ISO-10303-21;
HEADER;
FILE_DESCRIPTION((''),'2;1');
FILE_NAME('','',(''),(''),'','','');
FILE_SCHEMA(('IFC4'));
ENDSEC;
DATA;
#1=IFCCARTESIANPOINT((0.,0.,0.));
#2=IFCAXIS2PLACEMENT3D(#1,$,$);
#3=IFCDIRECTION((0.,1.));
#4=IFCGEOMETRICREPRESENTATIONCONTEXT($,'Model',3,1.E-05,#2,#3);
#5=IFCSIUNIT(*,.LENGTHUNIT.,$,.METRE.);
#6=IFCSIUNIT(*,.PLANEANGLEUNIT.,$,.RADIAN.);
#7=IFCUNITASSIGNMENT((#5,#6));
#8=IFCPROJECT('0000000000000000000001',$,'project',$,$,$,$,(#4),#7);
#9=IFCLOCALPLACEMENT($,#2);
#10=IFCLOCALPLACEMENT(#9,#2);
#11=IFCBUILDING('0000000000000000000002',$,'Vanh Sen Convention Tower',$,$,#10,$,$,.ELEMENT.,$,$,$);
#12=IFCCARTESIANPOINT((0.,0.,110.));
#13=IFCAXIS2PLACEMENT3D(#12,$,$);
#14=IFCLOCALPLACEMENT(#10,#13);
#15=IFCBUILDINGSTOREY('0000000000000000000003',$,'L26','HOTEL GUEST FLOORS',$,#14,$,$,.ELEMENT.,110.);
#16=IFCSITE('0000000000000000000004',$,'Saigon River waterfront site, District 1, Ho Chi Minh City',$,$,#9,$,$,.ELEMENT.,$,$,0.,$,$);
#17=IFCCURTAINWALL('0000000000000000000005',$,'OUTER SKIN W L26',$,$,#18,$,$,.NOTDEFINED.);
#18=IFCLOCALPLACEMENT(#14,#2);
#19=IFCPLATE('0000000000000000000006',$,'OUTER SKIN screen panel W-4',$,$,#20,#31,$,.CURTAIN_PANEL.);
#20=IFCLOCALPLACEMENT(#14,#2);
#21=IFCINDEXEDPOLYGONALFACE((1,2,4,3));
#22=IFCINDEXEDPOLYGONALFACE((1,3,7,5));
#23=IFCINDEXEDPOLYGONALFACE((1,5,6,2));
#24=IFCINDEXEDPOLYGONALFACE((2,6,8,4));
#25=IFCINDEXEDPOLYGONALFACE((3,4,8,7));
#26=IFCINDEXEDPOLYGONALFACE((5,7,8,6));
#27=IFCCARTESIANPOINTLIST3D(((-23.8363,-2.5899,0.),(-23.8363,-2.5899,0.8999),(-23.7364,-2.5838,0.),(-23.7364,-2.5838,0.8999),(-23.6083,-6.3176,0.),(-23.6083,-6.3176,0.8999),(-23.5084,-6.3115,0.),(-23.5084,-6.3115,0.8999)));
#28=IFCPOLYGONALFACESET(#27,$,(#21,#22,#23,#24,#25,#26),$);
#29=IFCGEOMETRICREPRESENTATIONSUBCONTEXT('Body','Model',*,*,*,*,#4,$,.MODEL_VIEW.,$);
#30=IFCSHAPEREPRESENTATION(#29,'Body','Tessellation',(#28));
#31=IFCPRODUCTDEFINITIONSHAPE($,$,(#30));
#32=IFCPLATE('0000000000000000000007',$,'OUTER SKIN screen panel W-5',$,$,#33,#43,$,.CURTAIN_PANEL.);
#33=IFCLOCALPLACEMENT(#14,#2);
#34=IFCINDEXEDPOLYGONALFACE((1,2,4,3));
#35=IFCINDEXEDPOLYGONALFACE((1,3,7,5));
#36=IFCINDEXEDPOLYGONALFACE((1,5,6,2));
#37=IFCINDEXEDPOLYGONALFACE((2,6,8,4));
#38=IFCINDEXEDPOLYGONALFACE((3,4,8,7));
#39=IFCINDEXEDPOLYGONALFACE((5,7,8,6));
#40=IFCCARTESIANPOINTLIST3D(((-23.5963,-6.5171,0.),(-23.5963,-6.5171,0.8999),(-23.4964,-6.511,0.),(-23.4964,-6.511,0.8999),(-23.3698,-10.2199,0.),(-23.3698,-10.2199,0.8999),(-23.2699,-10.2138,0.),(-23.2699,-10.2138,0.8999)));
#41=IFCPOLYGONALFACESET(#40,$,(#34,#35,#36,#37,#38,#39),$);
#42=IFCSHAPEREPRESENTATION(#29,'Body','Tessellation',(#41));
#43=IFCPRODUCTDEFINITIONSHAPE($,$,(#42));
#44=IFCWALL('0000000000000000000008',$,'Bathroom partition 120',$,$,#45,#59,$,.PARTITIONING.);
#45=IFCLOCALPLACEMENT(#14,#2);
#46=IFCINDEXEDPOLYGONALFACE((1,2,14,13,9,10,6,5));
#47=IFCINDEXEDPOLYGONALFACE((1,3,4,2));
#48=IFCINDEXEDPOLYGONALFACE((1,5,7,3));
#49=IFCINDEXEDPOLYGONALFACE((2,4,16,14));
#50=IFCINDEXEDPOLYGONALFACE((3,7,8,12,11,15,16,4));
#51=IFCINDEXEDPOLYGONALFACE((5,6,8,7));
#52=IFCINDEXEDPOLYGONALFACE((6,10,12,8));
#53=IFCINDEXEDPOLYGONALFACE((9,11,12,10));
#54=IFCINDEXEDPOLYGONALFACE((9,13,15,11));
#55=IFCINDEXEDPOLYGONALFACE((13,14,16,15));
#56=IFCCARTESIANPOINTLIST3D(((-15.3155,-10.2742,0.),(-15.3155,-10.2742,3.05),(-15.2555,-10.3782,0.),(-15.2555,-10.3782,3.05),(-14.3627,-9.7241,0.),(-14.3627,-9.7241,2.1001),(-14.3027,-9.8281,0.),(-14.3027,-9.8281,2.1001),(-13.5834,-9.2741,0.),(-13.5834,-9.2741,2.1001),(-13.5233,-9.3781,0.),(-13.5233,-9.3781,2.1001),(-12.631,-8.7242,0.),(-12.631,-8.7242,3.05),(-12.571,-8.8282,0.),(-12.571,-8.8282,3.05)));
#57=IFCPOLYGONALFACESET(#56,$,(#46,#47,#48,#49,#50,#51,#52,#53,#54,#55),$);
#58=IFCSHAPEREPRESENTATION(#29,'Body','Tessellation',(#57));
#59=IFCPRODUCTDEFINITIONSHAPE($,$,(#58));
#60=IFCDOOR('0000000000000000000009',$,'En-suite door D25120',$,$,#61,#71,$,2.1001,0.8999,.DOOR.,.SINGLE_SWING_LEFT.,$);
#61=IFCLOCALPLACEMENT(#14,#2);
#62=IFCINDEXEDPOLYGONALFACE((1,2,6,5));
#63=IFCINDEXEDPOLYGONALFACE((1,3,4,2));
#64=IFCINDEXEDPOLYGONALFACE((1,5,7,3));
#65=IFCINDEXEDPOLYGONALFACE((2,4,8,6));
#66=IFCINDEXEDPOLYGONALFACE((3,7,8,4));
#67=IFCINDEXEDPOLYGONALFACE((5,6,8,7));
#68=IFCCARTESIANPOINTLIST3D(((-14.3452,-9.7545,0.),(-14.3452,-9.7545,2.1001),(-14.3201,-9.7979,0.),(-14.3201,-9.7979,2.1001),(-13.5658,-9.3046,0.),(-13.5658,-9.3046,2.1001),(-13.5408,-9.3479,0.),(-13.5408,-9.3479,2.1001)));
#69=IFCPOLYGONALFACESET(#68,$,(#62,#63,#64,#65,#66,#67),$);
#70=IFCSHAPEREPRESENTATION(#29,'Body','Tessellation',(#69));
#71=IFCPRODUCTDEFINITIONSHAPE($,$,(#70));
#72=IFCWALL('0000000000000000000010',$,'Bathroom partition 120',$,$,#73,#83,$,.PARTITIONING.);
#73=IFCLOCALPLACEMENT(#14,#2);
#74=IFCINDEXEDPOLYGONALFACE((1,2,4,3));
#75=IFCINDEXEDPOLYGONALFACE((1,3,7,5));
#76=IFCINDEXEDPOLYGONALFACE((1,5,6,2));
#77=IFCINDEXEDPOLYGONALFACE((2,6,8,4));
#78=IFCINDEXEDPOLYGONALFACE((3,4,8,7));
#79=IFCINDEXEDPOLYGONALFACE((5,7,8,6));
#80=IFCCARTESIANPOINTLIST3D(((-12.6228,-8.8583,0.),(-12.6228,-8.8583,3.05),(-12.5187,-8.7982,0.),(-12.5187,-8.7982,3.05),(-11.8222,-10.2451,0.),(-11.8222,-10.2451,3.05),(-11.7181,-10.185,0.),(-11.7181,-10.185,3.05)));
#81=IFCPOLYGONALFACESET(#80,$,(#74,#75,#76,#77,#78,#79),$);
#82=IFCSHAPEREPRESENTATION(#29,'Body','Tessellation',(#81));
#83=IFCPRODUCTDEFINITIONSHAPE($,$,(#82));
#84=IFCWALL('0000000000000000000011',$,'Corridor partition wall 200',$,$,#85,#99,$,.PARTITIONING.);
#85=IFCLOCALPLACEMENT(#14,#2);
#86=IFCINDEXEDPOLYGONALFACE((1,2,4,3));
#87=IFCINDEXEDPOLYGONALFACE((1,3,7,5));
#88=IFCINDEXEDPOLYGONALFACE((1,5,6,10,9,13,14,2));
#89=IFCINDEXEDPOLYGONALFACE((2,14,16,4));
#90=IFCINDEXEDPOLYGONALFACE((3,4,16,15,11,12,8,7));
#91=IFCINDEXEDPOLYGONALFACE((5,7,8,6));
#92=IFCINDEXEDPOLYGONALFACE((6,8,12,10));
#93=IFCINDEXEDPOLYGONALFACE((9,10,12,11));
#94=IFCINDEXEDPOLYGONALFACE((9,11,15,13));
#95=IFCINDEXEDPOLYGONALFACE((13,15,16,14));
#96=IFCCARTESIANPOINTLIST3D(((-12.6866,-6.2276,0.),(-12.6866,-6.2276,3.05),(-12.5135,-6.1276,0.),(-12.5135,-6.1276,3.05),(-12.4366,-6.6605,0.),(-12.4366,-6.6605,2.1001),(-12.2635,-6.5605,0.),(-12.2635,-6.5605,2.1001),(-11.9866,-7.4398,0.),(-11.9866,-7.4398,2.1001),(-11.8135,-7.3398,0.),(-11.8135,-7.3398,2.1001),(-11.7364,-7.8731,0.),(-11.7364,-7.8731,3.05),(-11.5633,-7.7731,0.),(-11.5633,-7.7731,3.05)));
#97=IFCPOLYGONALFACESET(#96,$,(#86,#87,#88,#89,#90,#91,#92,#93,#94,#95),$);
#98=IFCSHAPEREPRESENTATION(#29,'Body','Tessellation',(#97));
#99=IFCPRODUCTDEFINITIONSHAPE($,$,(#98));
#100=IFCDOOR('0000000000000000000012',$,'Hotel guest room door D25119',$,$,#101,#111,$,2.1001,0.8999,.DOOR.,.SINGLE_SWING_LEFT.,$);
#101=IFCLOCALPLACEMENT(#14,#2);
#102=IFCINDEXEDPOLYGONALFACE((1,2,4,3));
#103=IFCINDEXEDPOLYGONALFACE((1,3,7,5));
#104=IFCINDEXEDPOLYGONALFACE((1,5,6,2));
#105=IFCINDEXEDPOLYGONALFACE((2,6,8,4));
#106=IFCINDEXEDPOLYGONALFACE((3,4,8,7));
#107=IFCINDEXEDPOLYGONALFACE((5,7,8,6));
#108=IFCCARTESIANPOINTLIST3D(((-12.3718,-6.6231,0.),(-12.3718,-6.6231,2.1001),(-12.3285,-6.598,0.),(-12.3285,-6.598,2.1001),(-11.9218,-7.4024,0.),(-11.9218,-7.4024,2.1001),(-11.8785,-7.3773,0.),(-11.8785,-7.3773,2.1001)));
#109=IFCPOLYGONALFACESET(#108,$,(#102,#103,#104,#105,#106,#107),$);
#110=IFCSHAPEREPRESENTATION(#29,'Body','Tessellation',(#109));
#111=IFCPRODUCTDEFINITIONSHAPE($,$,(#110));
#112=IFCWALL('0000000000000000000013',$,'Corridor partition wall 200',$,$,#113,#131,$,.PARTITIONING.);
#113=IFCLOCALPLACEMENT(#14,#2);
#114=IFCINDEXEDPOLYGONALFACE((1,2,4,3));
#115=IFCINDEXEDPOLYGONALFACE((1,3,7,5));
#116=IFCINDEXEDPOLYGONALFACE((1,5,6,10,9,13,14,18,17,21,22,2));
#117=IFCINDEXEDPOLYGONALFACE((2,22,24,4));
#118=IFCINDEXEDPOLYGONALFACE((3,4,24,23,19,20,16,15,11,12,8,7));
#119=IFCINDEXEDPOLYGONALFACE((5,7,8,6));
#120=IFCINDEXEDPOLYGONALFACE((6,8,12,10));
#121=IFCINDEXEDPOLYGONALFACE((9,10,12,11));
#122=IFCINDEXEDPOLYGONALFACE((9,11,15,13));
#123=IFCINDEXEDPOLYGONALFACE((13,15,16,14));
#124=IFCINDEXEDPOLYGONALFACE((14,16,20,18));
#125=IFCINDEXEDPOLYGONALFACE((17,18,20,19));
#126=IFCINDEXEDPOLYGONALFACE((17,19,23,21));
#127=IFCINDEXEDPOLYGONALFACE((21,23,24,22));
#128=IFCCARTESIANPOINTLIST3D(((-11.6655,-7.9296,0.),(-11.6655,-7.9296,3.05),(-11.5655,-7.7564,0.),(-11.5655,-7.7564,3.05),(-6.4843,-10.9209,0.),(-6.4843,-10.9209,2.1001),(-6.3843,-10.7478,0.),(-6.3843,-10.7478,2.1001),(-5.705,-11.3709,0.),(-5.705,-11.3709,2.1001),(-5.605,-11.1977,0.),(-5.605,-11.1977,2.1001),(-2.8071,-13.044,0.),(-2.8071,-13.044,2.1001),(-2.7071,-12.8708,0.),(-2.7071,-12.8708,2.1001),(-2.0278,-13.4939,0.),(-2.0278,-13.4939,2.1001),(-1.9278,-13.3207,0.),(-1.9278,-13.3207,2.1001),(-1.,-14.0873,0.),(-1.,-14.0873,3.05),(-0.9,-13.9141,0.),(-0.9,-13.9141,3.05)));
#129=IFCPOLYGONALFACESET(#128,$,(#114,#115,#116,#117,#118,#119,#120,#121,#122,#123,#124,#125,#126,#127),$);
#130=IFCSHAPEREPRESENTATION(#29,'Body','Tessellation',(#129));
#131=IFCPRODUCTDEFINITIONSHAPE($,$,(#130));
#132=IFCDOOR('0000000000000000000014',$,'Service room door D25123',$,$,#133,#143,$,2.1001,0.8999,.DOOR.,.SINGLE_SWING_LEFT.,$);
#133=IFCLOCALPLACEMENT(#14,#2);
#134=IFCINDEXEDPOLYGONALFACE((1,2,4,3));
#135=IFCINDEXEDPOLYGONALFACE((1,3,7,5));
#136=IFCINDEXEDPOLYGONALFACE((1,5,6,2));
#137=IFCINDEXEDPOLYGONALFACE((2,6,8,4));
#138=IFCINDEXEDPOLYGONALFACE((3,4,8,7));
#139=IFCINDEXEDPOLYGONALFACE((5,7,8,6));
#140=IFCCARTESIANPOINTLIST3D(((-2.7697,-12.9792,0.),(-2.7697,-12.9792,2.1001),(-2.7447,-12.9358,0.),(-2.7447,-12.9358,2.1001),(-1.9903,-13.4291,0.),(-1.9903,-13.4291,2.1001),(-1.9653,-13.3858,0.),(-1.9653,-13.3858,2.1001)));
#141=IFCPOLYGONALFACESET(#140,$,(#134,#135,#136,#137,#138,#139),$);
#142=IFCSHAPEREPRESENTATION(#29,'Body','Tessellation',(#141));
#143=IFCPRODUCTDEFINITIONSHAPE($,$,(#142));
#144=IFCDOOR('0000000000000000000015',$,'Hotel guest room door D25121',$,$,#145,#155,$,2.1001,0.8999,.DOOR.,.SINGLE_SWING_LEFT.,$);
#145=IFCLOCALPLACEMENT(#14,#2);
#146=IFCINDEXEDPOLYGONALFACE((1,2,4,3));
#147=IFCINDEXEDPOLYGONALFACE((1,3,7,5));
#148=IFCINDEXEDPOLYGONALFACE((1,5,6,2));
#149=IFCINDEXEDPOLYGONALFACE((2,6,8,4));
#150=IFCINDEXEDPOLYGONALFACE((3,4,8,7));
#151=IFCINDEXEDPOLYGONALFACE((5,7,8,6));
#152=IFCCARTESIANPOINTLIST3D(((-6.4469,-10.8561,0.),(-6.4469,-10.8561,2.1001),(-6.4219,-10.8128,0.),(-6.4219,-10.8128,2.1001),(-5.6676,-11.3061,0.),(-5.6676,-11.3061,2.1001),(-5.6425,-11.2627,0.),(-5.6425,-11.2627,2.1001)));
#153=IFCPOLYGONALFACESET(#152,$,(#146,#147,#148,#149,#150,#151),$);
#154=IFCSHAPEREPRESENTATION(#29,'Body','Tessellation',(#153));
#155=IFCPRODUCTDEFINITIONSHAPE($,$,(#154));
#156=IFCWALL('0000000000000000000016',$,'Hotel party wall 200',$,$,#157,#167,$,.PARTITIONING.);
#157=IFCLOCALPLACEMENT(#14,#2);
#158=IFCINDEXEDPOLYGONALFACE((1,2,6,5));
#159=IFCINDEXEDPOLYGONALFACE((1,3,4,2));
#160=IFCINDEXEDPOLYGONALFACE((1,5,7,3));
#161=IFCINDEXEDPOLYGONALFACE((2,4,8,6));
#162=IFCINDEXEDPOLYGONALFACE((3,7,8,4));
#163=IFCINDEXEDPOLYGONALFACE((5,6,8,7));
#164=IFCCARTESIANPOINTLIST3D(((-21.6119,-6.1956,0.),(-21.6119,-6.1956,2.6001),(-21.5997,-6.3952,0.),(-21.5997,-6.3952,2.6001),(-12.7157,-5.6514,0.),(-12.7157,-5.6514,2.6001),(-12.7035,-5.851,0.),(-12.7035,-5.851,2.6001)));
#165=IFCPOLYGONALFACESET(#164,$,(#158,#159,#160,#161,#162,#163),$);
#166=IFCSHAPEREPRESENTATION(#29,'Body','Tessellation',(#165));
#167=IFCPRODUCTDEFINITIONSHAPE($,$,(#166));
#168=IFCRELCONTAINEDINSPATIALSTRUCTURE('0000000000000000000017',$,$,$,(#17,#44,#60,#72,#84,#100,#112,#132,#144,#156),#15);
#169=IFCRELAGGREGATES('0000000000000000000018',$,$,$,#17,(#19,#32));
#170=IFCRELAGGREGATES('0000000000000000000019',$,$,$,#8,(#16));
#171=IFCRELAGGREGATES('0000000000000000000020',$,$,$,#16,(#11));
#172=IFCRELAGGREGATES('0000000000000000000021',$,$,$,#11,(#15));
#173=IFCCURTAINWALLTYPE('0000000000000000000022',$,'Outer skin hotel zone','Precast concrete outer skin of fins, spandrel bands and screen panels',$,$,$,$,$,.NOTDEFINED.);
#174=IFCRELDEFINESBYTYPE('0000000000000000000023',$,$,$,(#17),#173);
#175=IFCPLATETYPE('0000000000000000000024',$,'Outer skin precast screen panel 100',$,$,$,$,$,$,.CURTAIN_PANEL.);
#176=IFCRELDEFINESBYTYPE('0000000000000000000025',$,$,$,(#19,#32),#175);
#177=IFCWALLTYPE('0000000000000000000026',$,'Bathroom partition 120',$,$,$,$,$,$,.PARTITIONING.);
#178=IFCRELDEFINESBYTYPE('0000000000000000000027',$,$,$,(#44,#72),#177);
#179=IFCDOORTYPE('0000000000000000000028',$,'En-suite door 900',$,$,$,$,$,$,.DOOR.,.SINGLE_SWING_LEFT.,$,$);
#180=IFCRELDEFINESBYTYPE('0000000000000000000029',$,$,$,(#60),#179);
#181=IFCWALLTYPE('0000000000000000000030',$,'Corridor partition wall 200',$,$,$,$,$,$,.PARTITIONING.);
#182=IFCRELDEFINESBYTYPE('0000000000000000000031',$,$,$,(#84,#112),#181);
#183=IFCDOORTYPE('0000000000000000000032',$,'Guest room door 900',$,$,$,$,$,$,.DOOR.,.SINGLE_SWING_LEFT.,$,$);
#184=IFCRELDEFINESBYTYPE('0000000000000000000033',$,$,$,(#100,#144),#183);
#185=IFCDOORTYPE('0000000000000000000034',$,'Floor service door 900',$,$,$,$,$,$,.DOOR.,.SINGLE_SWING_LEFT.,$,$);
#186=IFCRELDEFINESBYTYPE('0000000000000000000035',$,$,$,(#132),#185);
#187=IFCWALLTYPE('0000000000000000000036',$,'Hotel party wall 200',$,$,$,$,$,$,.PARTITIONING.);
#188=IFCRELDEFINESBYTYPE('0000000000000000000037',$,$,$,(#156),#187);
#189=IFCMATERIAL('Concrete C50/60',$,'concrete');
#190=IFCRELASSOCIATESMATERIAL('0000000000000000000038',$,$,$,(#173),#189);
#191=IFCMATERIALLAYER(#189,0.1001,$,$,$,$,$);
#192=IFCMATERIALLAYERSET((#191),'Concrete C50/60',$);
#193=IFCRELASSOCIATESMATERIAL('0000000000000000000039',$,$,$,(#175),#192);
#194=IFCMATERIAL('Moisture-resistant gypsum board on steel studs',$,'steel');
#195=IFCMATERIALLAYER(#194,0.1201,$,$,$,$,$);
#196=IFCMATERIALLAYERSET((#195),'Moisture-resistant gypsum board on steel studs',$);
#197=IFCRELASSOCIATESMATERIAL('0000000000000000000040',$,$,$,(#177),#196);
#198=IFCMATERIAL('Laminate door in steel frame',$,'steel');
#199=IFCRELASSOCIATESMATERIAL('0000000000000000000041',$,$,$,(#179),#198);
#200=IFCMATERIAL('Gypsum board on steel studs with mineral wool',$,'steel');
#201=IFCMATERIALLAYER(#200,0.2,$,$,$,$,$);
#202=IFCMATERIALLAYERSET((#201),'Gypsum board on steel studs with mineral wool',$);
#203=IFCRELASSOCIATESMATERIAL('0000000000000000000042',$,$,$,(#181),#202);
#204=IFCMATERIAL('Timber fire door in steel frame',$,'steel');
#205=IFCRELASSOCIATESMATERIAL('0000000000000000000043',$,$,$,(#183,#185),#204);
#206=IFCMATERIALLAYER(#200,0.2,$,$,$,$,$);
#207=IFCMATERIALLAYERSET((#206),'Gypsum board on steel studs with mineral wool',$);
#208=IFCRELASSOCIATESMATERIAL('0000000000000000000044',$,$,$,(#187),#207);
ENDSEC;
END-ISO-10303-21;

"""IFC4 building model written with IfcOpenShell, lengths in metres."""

from ifc_helpers import new_model, si_unit, direction, frame, frame_2d, origin, origin_2d, place, context, subcontext, project, spatial, rectangle, extrude, material, layer, layer_set, type_object, element, fill, aggregate, save


model = new_model("IFC4")

# Units and contexts
model_context = context("Model", 3, precision=1e-05, world=origin(), true_north=direction((0.0, 1.0)))
body_context = subcontext(model_context, "Body", "Model", "MODEL_VIEW")
ifc_project = project(units=[si_unit("LENGTHUNIT", "METRE"), si_unit("PLANEANGLEUNIT", "RADIAN")], contexts=[model_context])

# Site, building, storey
site_placement = place(None, origin())
site = spatial("IfcSite", under=ifc_project, at=site_placement, Name="Saigon River waterfront site, District 1, Ho Chi Minh City", CompositionType="ELEMENT", RefElevation=0.0)
building_placement = place(site_placement, origin())
building = spatial("IfcBuilding", under=site, at=building_placement, Name="Vanh Sen Convention Tower", CompositionType="ELEMENT")
storey_placement = place(building_placement, frame((0.0, 0.0, 110.0)))
storey = spatial("IfcBuildingStorey", under=building, at=storey_placement, Name="L26", Description="HOTEL GUEST FLOORS", CompositionType="ELEMENT", Elevation=110.0)

# Curtain wall
ifc_material_1 = material(Name="Concrete C50/60", Category="concrete")
curtain_wall_type = type_object("IfcCurtainWallType", Name="Outer skin hotel zone", Description="Precast concrete outer skin of fins, spandrel bands and screen panels", PredefinedType="NOTDEFINED", material=ifc_material_1)
curtain_wall_1_placement = place(storey_placement, origin())
curtain_wall_1 = element("IfcCurtainWall", 1, at=curtain_wall_1_placement, inside=storey, type_object=curtain_wall_type, Name="OUTER SKIN W L26", PredefinedType="NOTDEFINED")

# Plates
ifc_layer_1 = layer(ifc_material_1, 0.1001)
ifc_layer_set_1 = layer_set([ifc_layer_1], Name="Concrete C50/60")
plate_type = type_object("IfcPlateType", Name="Outer skin precast screen panel 100", PredefinedType="CURTAIN_PANEL", material=ifc_layer_set_1)
plate_1_placement = place(storey_placement, frame((-23.6724, -4.4507, 0.0), z_axis=(0.0, 0.0, 1.0), x_axis=(0.061049, -0.998135, 0.0)))
plate_1 = element("IfcPlate", 2, at=plate_1_placement, type_object=plate_type, Name="OUTER SKIN screen panel W-4", PredefinedType="CURTAIN_PANEL", context=body_context, shape_type="SweptSolid", body=[
    extrude(rectangle(XDim=3.7346, YDim=0.1001, at=origin_2d()), origin(), (0.0, 0.0, 1.0), 0.8999),
])
plate_2_placement = place(storey_placement, frame((-23.4331, -8.3655, 0.0), z_axis=(0.0, 0.0, 1.0), x_axis=(0.061047, -0.998135, 0.0)))
plate_2 = element("IfcPlate", 3, at=plate_2_placement, type_object=plate_type, Name="OUTER SKIN screen panel W-5", PredefinedType="CURTAIN_PANEL", context=body_context, shape_type="SweptSolid", body=[
    extrude(rectangle(XDim=3.7097, YDim=0.1001, at=origin_2d()), origin(), (0.0, 0.0, 1.0), 0.8999),
])
aggregate(curtain_wall_1, [plate_1, plate_2])

# Wall, opening, door
ifc_material_2 = material(Name="Moisture-resistant gypsum board on steel studs", Category="steel")
ifc_layer_2 = layer(ifc_material_2, 0.1201)
ifc_layer_set_2 = layer_set([ifc_layer_2], Name="Moisture-resistant gypsum board on steel studs")
wall_type_1 = type_object("IfcWallType", Name="Bathroom partition 120", PredefinedType="PARTITIONING", material=ifc_layer_set_2)
wall_1_placement = place(storey_placement, frame((-15.2854, -10.3262, 0.0), z_axis=(0.0, 0.0, 1.0), x_axis=(0.86601, 0.500027, 0.0)))
wall_1 = element("IfcWall", 4, at=wall_1_placement, inside=storey, type_object=wall_type_1, Name="Bathroom partition 120", PredefinedType="PARTITIONING", context=body_context, shape_type="SweptSolid", body=[
    extrude(rectangle(XDim=3.0999, YDim=0.1201, at=frame_2d((1.5498, 0.0))), origin(), (0.0, 0.0, 1.0), 3.05),
])
opening_1_placement = place(wall_1_placement, frame((1.1001, 0.0, 0.0)))
opening_1 = element("IfcOpeningElement", 5, at=opening_1_placement, cuts=wall_1, PredefinedType="OPENING", context=body_context, shape_type="SweptSolid", body=[
    extrude(rectangle(XDim=0.8999, YDim=2.1001, at=frame_2d((0.45, 1.05))), frame((0.0, 0.0701, 0.0), z_axis=(0.0, -1.0, 0.0), x_axis=(1.0, 0.0, 0.0)), (0.0, 0.0, 1.0), 0.1401),
])
ifc_material_3 = material(Name="Laminate door in steel frame", Category="steel")
door_type_1 = type_object("IfcDoorType", Name="En-suite door 900", OperationType="SINGLE_SWING_LEFT", PredefinedType="DOOR", material=ifc_material_3)
door_1_placement = place(opening_1_placement, origin())
door_1 = element("IfcDoor", 6, at=door_1_placement, inside=storey, type_object=door_type_1, Name="En-suite door D25120", OperationType="SINGLE_SWING_LEFT", OverallHeight=2.1001, OverallWidth=0.8999, PredefinedType="DOOR", context=body_context, shape_type="SweptSolid", body=[
    extrude(rectangle(XDim=0.8999, YDim=2.1001, at=frame_2d((0.45, 1.05))), frame((0.0, 0.0249, 0.0), z_axis=(0.0, -1.0, 0.0), x_axis=(1.0, 0.0, 0.0)), (0.0, 0.0, 1.0), 0.05),
])
fill(opening_1, door_1)

# Wall
wall_2_placement = place(storey_placement, frame((-12.5708, -8.8281, 0.0), z_axis=(0.0, 0.0, 1.0), x_axis=(0.49996, -0.866048, 0.0)))
element("IfcWall", 7, at=wall_2_placement, inside=storey, type_object=wall_type_1, Name="Bathroom partition 120", PredefinedType="PARTITIONING", context=body_context, shape_type="SweptSolid", body=[
    extrude(rectangle(XDim=1.6013, YDim=0.1201, at=frame_2d((0.8008, 0.0))), origin(), (0.0, 0.0, 1.0), 3.05),
])

# Wall, opening, door
ifc_material_4 = material(Name="Gypsum board on steel studs with mineral wool", Category="steel")
ifc_layer_3 = layer(ifc_material_4, 0.2)
ifc_layer_set_3 = layer_set([ifc_layer_3], Name="Gypsum board on steel studs with mineral wool")
wall_type_2 = type_object("IfcWallType", Name="Corridor partition wall 200", PredefinedType="PARTITIONING", material=ifc_layer_set_3)
wall_3_placement = place(storey_placement, frame((-12.6001, -6.1775, 0.0), z_axis=(0.0, 0.0, 1.0), x_axis=(0.500064, -0.865989, 0.0)))
wall_3 = element("IfcWall", 8, at=wall_3_placement, inside=storey, type_object=wall_type_2, Name="Corridor partition wall 200", PredefinedType="PARTITIONING", context=body_context, shape_type="SweptSolid", body=[
    extrude(rectangle(XDim=1.9001, YDim=0.2, at=frame_2d((0.9502, 0.0))), origin(), (0.0, 0.0, 1.0), 3.05),
])
opening_2_placement = place(wall_3_placement, frame((0.5, 0.0, 0.0)))
opening_2 = element("IfcOpeningElement", 9, at=opening_2_placement, cuts=wall_3, PredefinedType="OPENING", context=body_context, shape_type="SweptSolid", body=[
    extrude(rectangle(XDim=0.8999, YDim=2.1001, at=frame_2d((0.45, 1.05))), frame((0.0, 0.1099, 0.0), z_axis=(0.0, -1.0, 0.0), x_axis=(1.0, 0.0, 0.0)), (0.0, 0.0, 1.0), 0.22),
])
ifc_material_5 = material(Name="Timber fire door in steel frame", Category="steel")
door_type_2 = type_object("IfcDoorType", Name="Guest room door 900", OperationType="SINGLE_SWING_LEFT", PredefinedType="DOOR", material=ifc_material_5)
door_2_placement = place(opening_2_placement, origin())
door_2 = element("IfcDoor", 10, at=door_2_placement, inside=storey, type_object=door_type_2, Name="Hotel guest room door D25119", OperationType="SINGLE_SWING_LEFT", OverallHeight=2.1001, OverallWidth=0.8999, PredefinedType="DOOR", context=body_context, shape_type="SweptSolid", body=[
    extrude(rectangle(XDim=0.8999, YDim=2.1001, at=frame_2d((0.45, 1.05))), frame((0.0, 0.0249, 0.0), z_axis=(0.0, -1.0, 0.0), x_axis=(1.0, 0.0, 0.0)), (0.0, 0.0, 1.0), 0.05),
])
fill(opening_2, door_2)

# Wall, openings, doors
wall_4_placement = place(storey_placement, frame((-11.6155, -7.843, 0.0), z_axis=(0.0, 0.0, 1.0), x_axis=(0.866026, -0.499998, 0.0)))
wall_4 = element("IfcWall", 11, at=wall_4_placement, inside=storey, type_object=wall_type_2, Name="Corridor partition wall 200", PredefinedType="PARTITIONING", context=body_context, shape_type="SweptSolid", body=[
    extrude(rectangle(XDim=12.3154, YDim=0.2, at=frame_2d((6.1577, 0.0))), origin(), (0.0, 0.0, 1.0), 3.05),
])
opening_3_placement = place(wall_4_placement, frame((5.9827, 0.0, 0.0)))
opening_3 = element("IfcOpeningElement", 12, at=opening_3_placement, cuts=wall_4, PredefinedType="OPENING", context=body_context, shape_type="SweptSolid", body=[
    extrude(rectangle(XDim=0.8999, YDim=2.1001, at=frame_2d((0.45, 1.05))), frame((0.0, 0.1099, 0.0), z_axis=(0.0, -1.0, 0.0), x_axis=(1.0, 0.0, 0.0)), (0.0, 0.0, 1.0), 0.22),
])
opening_4_placement = place(wall_4_placement, frame((10.2288, 0.0, 0.0)))
opening_4 = element("IfcOpeningElement", 13, at=opening_4_placement, cuts=wall_4, PredefinedType="OPENING", context=body_context, shape_type="SweptSolid", body=[
    extrude(rectangle(XDim=0.8999, YDim=2.1001, at=frame_2d((0.45, 1.05))), frame((0.0, 0.1099, 0.0), z_axis=(0.0, -1.0, 0.0), x_axis=(1.0, 0.0, 0.0)), (0.0, 0.0, 1.0), 0.22),
])
door_type_3 = type_object("IfcDoorType", Name="Floor service door 900", OperationType="SINGLE_SWING_LEFT", PredefinedType="DOOR", material=ifc_material_5)
door_3_placement = place(opening_4_placement, origin())
door_3 = element("IfcDoor", 14, at=door_3_placement, inside=storey, type_object=door_type_3, Name="Service room door D25123", OperationType="SINGLE_SWING_LEFT", OverallHeight=2.1001, OverallWidth=0.8999, PredefinedType="DOOR", context=body_context, shape_type="SweptSolid", body=[
    extrude(rectangle(XDim=0.8999, YDim=2.1001, at=frame_2d((0.45, 1.05))), frame((0.0, 0.0249, 0.0), z_axis=(0.0, -1.0, 0.0), x_axis=(1.0, 0.0, 0.0)), (0.0, 0.0, 1.0), 0.05),
])
fill(opening_4, door_3)
door_4_placement = place(opening_3_placement, origin())
door_4 = element("IfcDoor", 15, at=door_4_placement, inside=storey, type_object=door_type_2, Name="Hotel guest room door D25121", OperationType="SINGLE_SWING_LEFT", OverallHeight=2.1001, OverallWidth=0.8999, PredefinedType="DOOR", context=body_context, shape_type="SweptSolid", body=[
    extrude(rectangle(XDim=0.8999, YDim=2.1001, at=frame_2d((0.45, 1.05))), frame((0.0, 0.0249, 0.0), z_axis=(0.0, -1.0, 0.0), x_axis=(1.0, 0.0, 0.0)), (0.0, 0.0, 1.0), 0.05),
])
fill(opening_3, door_4)

# Wall
ifc_layer_4 = layer(ifc_material_4, 0.2)
ifc_layer_set_4 = layer_set([ifc_layer_4], Name="Gypsum board on steel studs with mineral wool")
wall_type_3 = type_object("IfcWallType", Name="Hotel party wall 200", PredefinedType="PARTITIONING", material=ifc_layer_set_4)
wall_5_placement = place(storey_placement, frame((-21.606, -6.2954, 0.0), z_axis=(0.0, 0.0, 1.0), x_axis=(0.998134, 0.061057, 0.0)))
element("IfcWall", 16, at=wall_5_placement, inside=storey, type_object=wall_type_3, Name="Hotel party wall 200", PredefinedType="PARTITIONING", context=body_context, shape_type="SweptSolid", body=[
    extrude(rectangle(XDim=8.9128, YDim=0.2, at=frame_2d((4.4565, 0.0))), origin(), (0.0, 0.0, 1.0), 2.6001),
])

save(model, "model.ifc")
